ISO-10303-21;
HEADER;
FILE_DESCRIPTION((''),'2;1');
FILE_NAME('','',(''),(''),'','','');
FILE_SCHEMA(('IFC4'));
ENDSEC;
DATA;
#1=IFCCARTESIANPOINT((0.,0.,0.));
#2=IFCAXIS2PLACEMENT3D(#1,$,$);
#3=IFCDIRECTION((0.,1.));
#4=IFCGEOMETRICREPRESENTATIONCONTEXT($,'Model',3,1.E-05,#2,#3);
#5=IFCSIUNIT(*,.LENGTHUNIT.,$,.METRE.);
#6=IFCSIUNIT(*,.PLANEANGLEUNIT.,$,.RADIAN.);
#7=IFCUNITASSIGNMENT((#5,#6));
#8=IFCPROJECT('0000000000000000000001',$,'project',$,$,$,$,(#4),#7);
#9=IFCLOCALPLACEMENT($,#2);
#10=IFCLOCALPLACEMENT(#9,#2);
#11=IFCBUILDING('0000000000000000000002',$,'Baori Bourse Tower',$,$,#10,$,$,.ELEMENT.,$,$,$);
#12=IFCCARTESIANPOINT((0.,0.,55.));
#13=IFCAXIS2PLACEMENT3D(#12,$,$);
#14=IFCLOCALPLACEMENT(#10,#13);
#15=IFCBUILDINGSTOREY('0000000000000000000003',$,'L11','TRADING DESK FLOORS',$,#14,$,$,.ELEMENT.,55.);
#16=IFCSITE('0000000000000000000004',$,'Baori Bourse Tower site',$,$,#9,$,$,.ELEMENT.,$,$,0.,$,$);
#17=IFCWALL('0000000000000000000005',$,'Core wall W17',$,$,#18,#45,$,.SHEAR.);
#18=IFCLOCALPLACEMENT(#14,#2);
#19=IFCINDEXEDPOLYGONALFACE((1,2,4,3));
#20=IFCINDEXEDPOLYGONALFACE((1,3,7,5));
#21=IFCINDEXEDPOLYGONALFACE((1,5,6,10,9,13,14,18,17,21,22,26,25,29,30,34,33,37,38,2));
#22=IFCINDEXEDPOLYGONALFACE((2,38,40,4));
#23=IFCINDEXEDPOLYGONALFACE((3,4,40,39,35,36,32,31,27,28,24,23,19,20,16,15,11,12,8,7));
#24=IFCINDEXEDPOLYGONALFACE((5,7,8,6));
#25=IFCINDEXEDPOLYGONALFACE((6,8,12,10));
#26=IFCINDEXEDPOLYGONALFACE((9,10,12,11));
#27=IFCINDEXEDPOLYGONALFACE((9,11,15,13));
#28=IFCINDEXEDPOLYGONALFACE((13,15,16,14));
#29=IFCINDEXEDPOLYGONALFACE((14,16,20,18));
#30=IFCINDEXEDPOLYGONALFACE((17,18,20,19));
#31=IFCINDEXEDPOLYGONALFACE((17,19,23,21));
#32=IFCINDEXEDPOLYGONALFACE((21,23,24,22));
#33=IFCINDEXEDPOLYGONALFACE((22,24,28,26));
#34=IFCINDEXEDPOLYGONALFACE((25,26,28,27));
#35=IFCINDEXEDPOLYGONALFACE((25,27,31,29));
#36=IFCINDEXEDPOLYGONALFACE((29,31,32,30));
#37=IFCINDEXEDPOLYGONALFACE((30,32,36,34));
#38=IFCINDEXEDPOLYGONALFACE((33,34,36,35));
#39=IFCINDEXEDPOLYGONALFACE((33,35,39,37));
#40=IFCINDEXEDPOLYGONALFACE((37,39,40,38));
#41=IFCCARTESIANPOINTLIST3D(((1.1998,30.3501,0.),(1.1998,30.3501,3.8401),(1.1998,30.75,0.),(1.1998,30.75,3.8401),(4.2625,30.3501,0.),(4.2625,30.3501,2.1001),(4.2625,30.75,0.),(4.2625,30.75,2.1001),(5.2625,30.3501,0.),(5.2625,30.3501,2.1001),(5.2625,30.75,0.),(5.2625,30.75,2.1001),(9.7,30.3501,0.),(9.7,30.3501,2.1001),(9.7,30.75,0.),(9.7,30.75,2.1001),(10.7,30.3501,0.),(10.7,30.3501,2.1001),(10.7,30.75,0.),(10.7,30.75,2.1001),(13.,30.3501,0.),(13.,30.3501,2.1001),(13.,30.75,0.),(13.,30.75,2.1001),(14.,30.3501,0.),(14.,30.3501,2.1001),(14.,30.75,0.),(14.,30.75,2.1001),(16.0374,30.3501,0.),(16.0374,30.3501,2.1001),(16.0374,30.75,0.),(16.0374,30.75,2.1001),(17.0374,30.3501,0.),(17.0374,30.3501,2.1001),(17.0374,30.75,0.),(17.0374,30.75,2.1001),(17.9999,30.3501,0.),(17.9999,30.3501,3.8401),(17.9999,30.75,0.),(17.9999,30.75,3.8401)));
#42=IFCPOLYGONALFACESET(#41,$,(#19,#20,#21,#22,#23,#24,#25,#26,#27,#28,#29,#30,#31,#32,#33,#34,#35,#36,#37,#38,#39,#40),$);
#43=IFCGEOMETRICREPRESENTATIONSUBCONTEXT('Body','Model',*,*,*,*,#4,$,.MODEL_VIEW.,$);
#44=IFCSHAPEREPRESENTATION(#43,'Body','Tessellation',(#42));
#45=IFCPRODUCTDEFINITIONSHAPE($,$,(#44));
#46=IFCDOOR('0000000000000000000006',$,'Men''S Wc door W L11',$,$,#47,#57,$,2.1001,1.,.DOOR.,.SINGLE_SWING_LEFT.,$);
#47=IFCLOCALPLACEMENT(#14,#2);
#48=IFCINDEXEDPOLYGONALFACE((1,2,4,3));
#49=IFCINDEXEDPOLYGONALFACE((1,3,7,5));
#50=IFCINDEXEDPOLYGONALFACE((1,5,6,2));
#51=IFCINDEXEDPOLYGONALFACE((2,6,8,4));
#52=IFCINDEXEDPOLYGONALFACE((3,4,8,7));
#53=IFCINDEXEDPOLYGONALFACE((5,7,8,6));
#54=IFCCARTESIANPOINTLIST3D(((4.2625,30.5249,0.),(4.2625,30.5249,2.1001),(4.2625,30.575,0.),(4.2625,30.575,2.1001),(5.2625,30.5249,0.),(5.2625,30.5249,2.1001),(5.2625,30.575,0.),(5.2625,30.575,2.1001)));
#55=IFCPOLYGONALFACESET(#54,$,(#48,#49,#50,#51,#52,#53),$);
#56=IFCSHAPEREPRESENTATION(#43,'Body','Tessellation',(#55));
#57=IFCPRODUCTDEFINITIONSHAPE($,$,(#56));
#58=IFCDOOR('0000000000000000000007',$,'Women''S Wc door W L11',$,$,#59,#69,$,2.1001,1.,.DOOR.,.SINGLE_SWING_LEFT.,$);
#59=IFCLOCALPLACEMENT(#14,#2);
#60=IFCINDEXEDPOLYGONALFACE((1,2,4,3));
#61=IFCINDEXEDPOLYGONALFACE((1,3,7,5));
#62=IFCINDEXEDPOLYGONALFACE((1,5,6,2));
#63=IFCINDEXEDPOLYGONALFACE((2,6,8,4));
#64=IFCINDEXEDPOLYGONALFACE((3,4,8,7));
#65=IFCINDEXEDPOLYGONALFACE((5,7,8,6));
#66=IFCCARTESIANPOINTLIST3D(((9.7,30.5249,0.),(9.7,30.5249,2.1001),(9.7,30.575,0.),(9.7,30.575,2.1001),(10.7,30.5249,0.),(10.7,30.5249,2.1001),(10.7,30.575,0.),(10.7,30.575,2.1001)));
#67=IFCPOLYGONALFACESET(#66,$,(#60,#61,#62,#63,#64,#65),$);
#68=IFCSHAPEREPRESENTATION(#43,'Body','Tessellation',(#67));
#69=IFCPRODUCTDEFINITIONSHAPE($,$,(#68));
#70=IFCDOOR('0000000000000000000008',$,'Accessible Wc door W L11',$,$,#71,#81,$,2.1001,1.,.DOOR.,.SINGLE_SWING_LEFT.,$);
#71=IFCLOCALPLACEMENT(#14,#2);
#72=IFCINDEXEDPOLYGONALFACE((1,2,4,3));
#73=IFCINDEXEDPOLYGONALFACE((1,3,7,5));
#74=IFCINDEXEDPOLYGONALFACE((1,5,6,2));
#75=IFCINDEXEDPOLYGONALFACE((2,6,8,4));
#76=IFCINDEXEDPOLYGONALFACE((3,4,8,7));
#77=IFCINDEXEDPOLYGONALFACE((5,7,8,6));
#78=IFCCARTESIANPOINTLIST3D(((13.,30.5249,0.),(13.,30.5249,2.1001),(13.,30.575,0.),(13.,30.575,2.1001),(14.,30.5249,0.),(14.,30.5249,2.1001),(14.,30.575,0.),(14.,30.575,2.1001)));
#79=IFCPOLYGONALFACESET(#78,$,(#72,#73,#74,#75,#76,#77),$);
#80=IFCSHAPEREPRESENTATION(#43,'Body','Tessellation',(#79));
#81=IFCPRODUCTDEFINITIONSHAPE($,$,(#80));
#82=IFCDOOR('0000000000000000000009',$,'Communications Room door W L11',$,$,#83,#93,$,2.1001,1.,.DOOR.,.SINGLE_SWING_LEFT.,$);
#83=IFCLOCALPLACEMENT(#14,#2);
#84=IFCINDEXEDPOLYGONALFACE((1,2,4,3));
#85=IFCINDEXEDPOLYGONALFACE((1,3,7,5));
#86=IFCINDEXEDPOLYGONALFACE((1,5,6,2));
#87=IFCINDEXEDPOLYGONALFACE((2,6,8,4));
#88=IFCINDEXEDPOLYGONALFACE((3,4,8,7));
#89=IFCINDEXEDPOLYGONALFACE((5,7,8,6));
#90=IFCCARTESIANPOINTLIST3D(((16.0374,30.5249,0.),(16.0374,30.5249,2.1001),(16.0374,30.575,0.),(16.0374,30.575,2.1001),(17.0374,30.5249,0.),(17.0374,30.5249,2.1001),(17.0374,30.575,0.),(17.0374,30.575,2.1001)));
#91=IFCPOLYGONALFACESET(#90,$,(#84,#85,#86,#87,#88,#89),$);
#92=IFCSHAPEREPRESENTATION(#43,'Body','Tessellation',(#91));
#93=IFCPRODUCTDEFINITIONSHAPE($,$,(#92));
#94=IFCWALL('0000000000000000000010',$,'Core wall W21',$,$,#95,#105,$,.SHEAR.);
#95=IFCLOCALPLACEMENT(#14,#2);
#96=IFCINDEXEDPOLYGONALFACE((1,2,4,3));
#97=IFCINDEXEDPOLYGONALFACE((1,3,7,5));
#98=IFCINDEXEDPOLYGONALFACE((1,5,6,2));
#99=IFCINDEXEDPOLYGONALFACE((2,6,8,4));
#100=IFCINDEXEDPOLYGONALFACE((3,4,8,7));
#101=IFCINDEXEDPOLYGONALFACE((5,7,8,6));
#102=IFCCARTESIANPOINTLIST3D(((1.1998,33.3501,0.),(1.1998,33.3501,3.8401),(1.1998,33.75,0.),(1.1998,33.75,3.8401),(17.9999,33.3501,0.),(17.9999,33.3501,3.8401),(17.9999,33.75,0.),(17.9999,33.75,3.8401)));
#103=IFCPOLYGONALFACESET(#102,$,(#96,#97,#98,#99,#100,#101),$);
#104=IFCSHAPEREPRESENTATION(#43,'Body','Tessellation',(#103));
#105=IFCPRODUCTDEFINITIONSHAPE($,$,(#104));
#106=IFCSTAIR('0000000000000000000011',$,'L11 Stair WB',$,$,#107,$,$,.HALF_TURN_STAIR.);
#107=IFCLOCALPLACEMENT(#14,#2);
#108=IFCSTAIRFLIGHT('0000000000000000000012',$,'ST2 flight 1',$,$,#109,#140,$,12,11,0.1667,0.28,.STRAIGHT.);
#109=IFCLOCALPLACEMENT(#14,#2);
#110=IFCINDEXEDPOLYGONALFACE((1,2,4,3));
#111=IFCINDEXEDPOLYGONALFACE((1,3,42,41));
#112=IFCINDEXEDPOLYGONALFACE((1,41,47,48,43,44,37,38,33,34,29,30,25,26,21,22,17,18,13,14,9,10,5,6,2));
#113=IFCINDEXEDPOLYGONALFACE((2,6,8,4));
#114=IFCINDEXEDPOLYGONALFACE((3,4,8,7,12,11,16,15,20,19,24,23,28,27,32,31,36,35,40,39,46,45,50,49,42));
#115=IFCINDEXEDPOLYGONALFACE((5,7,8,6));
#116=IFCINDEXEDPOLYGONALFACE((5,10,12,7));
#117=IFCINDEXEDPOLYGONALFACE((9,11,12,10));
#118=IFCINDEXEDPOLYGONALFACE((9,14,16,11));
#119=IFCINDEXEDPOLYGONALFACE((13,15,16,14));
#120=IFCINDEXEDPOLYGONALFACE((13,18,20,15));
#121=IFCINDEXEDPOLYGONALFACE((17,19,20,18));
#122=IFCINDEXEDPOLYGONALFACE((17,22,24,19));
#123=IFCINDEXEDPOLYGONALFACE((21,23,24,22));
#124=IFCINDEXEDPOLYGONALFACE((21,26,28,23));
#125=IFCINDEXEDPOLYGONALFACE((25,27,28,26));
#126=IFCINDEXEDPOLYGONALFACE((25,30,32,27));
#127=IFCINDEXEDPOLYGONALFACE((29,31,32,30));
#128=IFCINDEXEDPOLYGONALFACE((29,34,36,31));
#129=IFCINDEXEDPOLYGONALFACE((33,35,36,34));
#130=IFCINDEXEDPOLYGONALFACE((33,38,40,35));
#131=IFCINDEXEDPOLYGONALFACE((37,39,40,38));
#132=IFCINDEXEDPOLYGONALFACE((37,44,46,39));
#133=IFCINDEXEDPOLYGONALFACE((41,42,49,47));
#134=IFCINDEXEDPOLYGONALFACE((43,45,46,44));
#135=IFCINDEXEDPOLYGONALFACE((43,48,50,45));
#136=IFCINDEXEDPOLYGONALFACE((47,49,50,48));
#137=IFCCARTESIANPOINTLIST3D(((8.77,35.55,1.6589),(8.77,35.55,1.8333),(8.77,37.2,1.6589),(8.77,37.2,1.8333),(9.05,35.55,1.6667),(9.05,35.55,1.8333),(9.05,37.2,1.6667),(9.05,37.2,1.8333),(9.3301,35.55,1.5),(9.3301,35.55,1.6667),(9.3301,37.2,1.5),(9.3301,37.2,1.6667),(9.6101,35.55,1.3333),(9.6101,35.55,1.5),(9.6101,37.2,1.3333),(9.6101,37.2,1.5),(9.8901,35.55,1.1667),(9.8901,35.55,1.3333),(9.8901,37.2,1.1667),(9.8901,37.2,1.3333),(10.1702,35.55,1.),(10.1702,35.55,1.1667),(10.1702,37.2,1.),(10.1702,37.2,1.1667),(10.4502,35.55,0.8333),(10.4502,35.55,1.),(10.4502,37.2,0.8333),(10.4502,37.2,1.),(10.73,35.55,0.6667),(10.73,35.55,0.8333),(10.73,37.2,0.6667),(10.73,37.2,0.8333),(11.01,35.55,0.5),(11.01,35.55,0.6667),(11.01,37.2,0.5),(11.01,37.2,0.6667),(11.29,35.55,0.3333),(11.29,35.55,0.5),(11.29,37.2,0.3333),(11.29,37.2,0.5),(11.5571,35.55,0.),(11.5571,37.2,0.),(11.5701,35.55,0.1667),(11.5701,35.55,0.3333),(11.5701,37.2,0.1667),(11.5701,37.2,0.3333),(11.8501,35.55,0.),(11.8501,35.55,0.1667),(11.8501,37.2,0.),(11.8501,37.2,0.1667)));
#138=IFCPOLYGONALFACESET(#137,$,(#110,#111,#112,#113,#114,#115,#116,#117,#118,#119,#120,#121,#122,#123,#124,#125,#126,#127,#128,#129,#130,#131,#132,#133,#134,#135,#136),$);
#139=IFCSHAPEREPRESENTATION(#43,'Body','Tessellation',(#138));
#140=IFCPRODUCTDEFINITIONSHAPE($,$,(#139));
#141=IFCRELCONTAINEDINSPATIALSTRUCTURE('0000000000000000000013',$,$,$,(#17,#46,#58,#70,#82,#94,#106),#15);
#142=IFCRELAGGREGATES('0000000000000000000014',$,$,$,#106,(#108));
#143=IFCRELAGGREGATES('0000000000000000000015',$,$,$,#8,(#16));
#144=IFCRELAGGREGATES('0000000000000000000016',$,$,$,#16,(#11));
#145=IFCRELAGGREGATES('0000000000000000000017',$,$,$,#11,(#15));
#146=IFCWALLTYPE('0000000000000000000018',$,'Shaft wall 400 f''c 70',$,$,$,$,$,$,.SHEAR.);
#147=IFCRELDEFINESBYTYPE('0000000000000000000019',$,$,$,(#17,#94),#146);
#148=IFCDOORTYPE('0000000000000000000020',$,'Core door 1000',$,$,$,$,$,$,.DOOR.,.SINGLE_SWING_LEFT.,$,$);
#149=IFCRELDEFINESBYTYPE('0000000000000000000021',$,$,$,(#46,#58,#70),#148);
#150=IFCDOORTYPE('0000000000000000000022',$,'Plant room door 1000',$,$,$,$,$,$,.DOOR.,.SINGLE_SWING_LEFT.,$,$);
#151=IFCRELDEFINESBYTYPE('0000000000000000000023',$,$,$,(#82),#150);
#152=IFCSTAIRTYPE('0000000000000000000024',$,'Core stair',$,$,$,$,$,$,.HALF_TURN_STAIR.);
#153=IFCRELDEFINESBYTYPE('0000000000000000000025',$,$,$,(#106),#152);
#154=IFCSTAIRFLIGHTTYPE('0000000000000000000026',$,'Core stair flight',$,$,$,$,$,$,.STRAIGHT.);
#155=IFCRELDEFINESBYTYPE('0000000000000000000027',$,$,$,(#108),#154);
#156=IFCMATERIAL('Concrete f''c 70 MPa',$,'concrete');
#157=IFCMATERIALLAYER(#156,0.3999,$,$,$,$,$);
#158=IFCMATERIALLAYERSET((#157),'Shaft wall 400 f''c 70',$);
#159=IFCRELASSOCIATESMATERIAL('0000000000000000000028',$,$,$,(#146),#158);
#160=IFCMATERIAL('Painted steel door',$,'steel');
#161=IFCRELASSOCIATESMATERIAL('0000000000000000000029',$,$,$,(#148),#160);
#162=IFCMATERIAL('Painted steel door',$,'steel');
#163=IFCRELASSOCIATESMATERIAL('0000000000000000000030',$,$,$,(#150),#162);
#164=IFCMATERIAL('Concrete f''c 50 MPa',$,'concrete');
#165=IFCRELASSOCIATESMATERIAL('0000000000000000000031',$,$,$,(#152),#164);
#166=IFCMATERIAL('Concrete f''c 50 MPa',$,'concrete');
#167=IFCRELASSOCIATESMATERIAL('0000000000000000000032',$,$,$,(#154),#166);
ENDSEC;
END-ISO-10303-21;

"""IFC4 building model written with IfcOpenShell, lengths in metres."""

from ifc_helpers import new_model, si_unit, direction, frame, frame_2d, origin, place, context, subcontext, project, spatial, polyline, rectangle, outline, extrude, material, layer, layer_set, type_object, element, fill, aggregate, save


model = new_model("IFC4")

# Units and contexts
model_context = context("Model", 3, precision=1e-05, world=origin(), true_north=direction((0.0, 1.0)))
body_context = subcontext(model_context, "Body", "Model", "MODEL_VIEW")
ifc_project = project(units=[si_unit("LENGTHUNIT", "METRE"), si_unit("PLANEANGLEUNIT", "RADIAN")], contexts=[model_context])

# Site, building, storey
site_placement = place(None, origin())
site = spatial("IfcSite", under=ifc_project, at=site_placement, Name="Baori Bourse Tower site", CompositionType="ELEMENT", RefElevation=0.0)
building_placement = place(site_placement, origin())
building = spatial("IfcBuilding", under=site, at=building_placement, Name="Baori Bourse Tower", CompositionType="ELEMENT")
storey_placement = place(building_placement, frame((0.0, 0.0, 55.0)))
storey = spatial("IfcBuildingStorey", under=building, at=storey_placement, Name="L11", Description="TRADING DESK FLOORS", CompositionType="ELEMENT", Elevation=55.0)

# Wall, openings, doors
ifc_material_1 = material(Name="Concrete f'c 70 MPa", Category="concrete")
ifc_layer_1 = layer(ifc_material_1, 0.3999)
ifc_layer_set_1 = layer_set([ifc_layer_1], Name="Shaft wall 400 f'c 70")
wall_type_1 = type_object("IfcWallType", Name="Shaft wall 400 f'c 70", PredefinedType="SHEAR", material=ifc_layer_set_1)
wall_1_placement = place(storey_placement, frame((1.2, 30.55, 0.0), z_axis=(0.0, 0.0, 1.0), x_axis=(1.0, 0.0, 0.0)))
wall_1 = element("IfcWall", 1, at=wall_1_placement, inside=storey, type_object=wall_type_1, Name="Core wall W17", PredefinedType="SHEAR", context=body_context, shape_type="SweptSolid", body=[
    extrude(rectangle(XDim=16.8, YDim=0.3999, at=frame_2d((8.3999, 0.0))), origin(), (0.0, 0.0, 1.0), 3.8401),
])
opening_1_placement = place(wall_1_placement, frame((3.0625, 0.0, 0.0)))
opening_1 = element("IfcOpeningElement", 2, at=opening_1_placement, cuts=wall_1, PredefinedType="OPENING", context=body_context, shape_type="SweptSolid", body=[
    extrude(rectangle(XDim=1.0, YDim=2.1001, at=frame_2d((0.5, 1.05))), frame((0.0, 0.21, 0.0), z_axis=(0.0, -1.0, 0.0), x_axis=(1.0, 0.0, 0.0)), (0.0, 0.0, 1.0), 0.4199),
])
opening_2_placement = place(wall_1_placement, frame((8.5, 0.0, 0.0)))
opening_2 = element("IfcOpeningElement", 3, at=opening_2_placement, cuts=wall_1, PredefinedType="OPENING", context=body_context, shape_type="SweptSolid", body=[
    extrude(rectangle(XDim=1.0, YDim=2.1001, at=frame_2d((0.5, 1.05))), frame((0.0, 0.21, 0.0), z_axis=(0.0, -1.0, 0.0), x_axis=(1.0, 0.0, 0.0)), (0.0, 0.0, 1.0), 0.4199),
])
opening_3_placement = place(wall_1_placement, frame((11.8, 0.0, 0.0)))
opening_3 = element("IfcOpeningElement", 4, at=opening_3_placement, cuts=wall_1, PredefinedType="OPENING", context=body_context, shape_type="SweptSolid", body=[
    extrude(rectangle(XDim=1.0, YDim=2.1001, at=frame_2d((0.5, 1.05))), frame((0.0, 0.21, 0.0), z_axis=(0.0, -1.0, 0.0), x_axis=(1.0, 0.0, 0.0)), (0.0, 0.0, 1.0), 0.4199),
])
opening_4_placement = place(wall_1_placement, frame((14.8374, 0.0, 0.0)))
opening_4 = element("IfcOpeningElement", 5, at=opening_4_placement, cuts=wall_1, PredefinedType="OPENING", context=body_context, shape_type="SweptSolid", body=[
    extrude(rectangle(XDim=1.0, YDim=2.1001, at=frame_2d((0.5, 1.05))), frame((0.0, 0.21, 0.0), z_axis=(0.0, -1.0, 0.0), x_axis=(1.0, 0.0, 0.0)), (0.0, 0.0, 1.0), 0.4199),
])
ifc_material_2 = material(Name="Painted steel door", Category="steel")
door_type_1 = type_object("IfcDoorType", Name="Core door 1000", OperationType="SINGLE_SWING_LEFT", PredefinedType="DOOR", material=ifc_material_2)
door_1_placement = place(opening_1_placement, origin())
door_1 = element("IfcDoor", 6, at=door_1_placement, inside=storey, type_object=door_type_1, Name="Men'S Wc door W L11", OperationType="SINGLE_SWING_LEFT", OverallHeight=2.1001, OverallWidth=1.0, PredefinedType="DOOR", context=body_context, shape_type="SweptSolid", body=[
    extrude(rectangle(XDim=1.0, YDim=2.1001, at=frame_2d((0.5, 1.05))), frame((0.0, 0.0249, 0.0), z_axis=(0.0, -1.0, 0.0), x_axis=(1.0, 0.0, 0.0)), (0.0, 0.0, 1.0), 0.05),
])
fill(opening_1, door_1)
door_2_placement = place(opening_2_placement, origin())
door_2 = element("IfcDoor", 7, at=door_2_placement, inside=storey, type_object=door_type_1, Name="Women'S Wc door W L11", OperationType="SINGLE_SWING_LEFT", OverallHeight=2.1001, OverallWidth=1.0, PredefinedType="DOOR", context=body_context, shape_type="SweptSolid", body=[
    extrude(rectangle(XDim=1.0, YDim=2.1001, at=frame_2d((0.5, 1.05))), frame((0.0, 0.0249, 0.0), z_axis=(0.0, -1.0, 0.0), x_axis=(1.0, 0.0, 0.0)), (0.0, 0.0, 1.0), 0.05),
])
fill(opening_2, door_2)
door_3_placement = place(opening_3_placement, origin())
door_3 = element("IfcDoor", 8, at=door_3_placement, inside=storey, type_object=door_type_1, Name="Accessible Wc door W L11", OperationType="SINGLE_SWING_LEFT", OverallHeight=2.1001, OverallWidth=1.0, PredefinedType="DOOR", context=body_context, shape_type="SweptSolid", body=[
    extrude(rectangle(XDim=1.0, YDim=2.1001, at=frame_2d((0.5, 1.05))), frame((0.0, 0.0249, 0.0), z_axis=(0.0, -1.0, 0.0), x_axis=(1.0, 0.0, 0.0)), (0.0, 0.0, 1.0), 0.05),
])
fill(opening_3, door_3)
ifc_material_3 = material(Name="Painted steel door", Category="steel")
door_type_2 = type_object("IfcDoorType", Name="Plant room door 1000", OperationType="SINGLE_SWING_LEFT", PredefinedType="DOOR", material=ifc_material_3)
door_4_placement = place(opening_4_placement, origin())
door_4 = element("IfcDoor", 9, at=door_4_placement, inside=storey, type_object=door_type_2, Name="Communications Room door W L11", OperationType="SINGLE_SWING_LEFT", OverallHeight=2.1001, OverallWidth=1.0, PredefinedType="DOOR", context=body_context, shape_type="SweptSolid", body=[
    extrude(rectangle(XDim=1.0, YDim=2.1001, at=frame_2d((0.5, 1.05))), frame((0.0, 0.0249, 0.0), z_axis=(0.0, -1.0, 0.0), x_axis=(1.0, 0.0, 0.0)), (0.0, 0.0, 1.0), 0.05),
])
fill(opening_4, door_4)

# Wall
wall_2_placement = place(storey_placement, frame((1.2, 33.55, 0.0), z_axis=(0.0, 0.0, 1.0), x_axis=(1.0, 0.0, 0.0)))
element("IfcWall", 10, at=wall_2_placement, inside=storey, type_object=wall_type_1, Name="Core wall W21", PredefinedType="SHEAR", context=body_context, shape_type="SweptSolid", body=[
    extrude(rectangle(XDim=16.8, YDim=0.3999, at=frame_2d((8.3999, 0.0))), origin(), (0.0, 0.0, 1.0), 3.8401),
])

# Stair, stair flight
ifc_material_4 = material(Name="Concrete f'c 50 MPa", Category="concrete")
stair_type = type_object("IfcStairType", Name="Core stair", PredefinedType="HALF_TURN_STAIR", material=ifc_material_4)
stair_placement = place(storey_placement, origin())
stair = element("IfcStair", 11, at=stair_placement, inside=storey, type_object=stair_type, Name="L11 Stair WB", PredefinedType="HALF_TURN_STAIR")
ifc_material_5 = material(Name="Concrete f'c 50 MPa", Category="concrete")
stair_flight_type = type_object("IfcStairFlightType", Name="Core stair flight", PredefinedType="STRAIGHT", material=ifc_material_5)
stair_flight_1_placement = place(storey_placement, frame((11.8501, 36.375, 0.0), z_axis=(0.0, 0.0, 1.0), x_axis=(-1.0, 0.0, 0.0)))
stair_flight_1 = element("IfcStairFlight", 12, at=stair_flight_1_placement, type_object=stair_flight_type, Name="ST2 flight 1", NumberOfRisers=12, NumberOfTreads=11, PredefinedType="STRAIGHT", RiserHeight=0.1667, TreadLength=0.28, context=body_context, shape_type="SweptSolid", body=[
    extrude(outline(polyline([(0.0, 0.0), (0.0, 0.1667), (0.28, 0.1667), (0.28, 0.3333), (0.5601, 0.3333), (0.5601, 0.5), (0.8401, 0.5), (0.8401, 0.6667), (1.1201, 0.6667), (1.1201, 0.8333), (1.3999, 0.8333), (1.3999, 1.0), (1.6799, 1.0), (1.6799, 1.1667), (1.96, 1.1667), (1.96, 1.3333), (2.24, 1.3333), (2.24, 1.5), (2.52, 1.5), (2.52, 1.6667), (2.8, 1.6667), (2.8, 1.8333), (3.0801, 1.8333), (3.0801, 2.0), (3.0801, 1.6589), (0.293, 0.0), (0.0, 0.0)])), frame((0.0, 0.825, 0.0), z_axis=(0.0, -1.0, 0.0), x_axis=(1.0, 0.0, 0.0)), (0.0, 0.0, 1.0), 1.6499),
])
aggregate(stair, [stair_flight_1])

save(model, "model.ifc")
